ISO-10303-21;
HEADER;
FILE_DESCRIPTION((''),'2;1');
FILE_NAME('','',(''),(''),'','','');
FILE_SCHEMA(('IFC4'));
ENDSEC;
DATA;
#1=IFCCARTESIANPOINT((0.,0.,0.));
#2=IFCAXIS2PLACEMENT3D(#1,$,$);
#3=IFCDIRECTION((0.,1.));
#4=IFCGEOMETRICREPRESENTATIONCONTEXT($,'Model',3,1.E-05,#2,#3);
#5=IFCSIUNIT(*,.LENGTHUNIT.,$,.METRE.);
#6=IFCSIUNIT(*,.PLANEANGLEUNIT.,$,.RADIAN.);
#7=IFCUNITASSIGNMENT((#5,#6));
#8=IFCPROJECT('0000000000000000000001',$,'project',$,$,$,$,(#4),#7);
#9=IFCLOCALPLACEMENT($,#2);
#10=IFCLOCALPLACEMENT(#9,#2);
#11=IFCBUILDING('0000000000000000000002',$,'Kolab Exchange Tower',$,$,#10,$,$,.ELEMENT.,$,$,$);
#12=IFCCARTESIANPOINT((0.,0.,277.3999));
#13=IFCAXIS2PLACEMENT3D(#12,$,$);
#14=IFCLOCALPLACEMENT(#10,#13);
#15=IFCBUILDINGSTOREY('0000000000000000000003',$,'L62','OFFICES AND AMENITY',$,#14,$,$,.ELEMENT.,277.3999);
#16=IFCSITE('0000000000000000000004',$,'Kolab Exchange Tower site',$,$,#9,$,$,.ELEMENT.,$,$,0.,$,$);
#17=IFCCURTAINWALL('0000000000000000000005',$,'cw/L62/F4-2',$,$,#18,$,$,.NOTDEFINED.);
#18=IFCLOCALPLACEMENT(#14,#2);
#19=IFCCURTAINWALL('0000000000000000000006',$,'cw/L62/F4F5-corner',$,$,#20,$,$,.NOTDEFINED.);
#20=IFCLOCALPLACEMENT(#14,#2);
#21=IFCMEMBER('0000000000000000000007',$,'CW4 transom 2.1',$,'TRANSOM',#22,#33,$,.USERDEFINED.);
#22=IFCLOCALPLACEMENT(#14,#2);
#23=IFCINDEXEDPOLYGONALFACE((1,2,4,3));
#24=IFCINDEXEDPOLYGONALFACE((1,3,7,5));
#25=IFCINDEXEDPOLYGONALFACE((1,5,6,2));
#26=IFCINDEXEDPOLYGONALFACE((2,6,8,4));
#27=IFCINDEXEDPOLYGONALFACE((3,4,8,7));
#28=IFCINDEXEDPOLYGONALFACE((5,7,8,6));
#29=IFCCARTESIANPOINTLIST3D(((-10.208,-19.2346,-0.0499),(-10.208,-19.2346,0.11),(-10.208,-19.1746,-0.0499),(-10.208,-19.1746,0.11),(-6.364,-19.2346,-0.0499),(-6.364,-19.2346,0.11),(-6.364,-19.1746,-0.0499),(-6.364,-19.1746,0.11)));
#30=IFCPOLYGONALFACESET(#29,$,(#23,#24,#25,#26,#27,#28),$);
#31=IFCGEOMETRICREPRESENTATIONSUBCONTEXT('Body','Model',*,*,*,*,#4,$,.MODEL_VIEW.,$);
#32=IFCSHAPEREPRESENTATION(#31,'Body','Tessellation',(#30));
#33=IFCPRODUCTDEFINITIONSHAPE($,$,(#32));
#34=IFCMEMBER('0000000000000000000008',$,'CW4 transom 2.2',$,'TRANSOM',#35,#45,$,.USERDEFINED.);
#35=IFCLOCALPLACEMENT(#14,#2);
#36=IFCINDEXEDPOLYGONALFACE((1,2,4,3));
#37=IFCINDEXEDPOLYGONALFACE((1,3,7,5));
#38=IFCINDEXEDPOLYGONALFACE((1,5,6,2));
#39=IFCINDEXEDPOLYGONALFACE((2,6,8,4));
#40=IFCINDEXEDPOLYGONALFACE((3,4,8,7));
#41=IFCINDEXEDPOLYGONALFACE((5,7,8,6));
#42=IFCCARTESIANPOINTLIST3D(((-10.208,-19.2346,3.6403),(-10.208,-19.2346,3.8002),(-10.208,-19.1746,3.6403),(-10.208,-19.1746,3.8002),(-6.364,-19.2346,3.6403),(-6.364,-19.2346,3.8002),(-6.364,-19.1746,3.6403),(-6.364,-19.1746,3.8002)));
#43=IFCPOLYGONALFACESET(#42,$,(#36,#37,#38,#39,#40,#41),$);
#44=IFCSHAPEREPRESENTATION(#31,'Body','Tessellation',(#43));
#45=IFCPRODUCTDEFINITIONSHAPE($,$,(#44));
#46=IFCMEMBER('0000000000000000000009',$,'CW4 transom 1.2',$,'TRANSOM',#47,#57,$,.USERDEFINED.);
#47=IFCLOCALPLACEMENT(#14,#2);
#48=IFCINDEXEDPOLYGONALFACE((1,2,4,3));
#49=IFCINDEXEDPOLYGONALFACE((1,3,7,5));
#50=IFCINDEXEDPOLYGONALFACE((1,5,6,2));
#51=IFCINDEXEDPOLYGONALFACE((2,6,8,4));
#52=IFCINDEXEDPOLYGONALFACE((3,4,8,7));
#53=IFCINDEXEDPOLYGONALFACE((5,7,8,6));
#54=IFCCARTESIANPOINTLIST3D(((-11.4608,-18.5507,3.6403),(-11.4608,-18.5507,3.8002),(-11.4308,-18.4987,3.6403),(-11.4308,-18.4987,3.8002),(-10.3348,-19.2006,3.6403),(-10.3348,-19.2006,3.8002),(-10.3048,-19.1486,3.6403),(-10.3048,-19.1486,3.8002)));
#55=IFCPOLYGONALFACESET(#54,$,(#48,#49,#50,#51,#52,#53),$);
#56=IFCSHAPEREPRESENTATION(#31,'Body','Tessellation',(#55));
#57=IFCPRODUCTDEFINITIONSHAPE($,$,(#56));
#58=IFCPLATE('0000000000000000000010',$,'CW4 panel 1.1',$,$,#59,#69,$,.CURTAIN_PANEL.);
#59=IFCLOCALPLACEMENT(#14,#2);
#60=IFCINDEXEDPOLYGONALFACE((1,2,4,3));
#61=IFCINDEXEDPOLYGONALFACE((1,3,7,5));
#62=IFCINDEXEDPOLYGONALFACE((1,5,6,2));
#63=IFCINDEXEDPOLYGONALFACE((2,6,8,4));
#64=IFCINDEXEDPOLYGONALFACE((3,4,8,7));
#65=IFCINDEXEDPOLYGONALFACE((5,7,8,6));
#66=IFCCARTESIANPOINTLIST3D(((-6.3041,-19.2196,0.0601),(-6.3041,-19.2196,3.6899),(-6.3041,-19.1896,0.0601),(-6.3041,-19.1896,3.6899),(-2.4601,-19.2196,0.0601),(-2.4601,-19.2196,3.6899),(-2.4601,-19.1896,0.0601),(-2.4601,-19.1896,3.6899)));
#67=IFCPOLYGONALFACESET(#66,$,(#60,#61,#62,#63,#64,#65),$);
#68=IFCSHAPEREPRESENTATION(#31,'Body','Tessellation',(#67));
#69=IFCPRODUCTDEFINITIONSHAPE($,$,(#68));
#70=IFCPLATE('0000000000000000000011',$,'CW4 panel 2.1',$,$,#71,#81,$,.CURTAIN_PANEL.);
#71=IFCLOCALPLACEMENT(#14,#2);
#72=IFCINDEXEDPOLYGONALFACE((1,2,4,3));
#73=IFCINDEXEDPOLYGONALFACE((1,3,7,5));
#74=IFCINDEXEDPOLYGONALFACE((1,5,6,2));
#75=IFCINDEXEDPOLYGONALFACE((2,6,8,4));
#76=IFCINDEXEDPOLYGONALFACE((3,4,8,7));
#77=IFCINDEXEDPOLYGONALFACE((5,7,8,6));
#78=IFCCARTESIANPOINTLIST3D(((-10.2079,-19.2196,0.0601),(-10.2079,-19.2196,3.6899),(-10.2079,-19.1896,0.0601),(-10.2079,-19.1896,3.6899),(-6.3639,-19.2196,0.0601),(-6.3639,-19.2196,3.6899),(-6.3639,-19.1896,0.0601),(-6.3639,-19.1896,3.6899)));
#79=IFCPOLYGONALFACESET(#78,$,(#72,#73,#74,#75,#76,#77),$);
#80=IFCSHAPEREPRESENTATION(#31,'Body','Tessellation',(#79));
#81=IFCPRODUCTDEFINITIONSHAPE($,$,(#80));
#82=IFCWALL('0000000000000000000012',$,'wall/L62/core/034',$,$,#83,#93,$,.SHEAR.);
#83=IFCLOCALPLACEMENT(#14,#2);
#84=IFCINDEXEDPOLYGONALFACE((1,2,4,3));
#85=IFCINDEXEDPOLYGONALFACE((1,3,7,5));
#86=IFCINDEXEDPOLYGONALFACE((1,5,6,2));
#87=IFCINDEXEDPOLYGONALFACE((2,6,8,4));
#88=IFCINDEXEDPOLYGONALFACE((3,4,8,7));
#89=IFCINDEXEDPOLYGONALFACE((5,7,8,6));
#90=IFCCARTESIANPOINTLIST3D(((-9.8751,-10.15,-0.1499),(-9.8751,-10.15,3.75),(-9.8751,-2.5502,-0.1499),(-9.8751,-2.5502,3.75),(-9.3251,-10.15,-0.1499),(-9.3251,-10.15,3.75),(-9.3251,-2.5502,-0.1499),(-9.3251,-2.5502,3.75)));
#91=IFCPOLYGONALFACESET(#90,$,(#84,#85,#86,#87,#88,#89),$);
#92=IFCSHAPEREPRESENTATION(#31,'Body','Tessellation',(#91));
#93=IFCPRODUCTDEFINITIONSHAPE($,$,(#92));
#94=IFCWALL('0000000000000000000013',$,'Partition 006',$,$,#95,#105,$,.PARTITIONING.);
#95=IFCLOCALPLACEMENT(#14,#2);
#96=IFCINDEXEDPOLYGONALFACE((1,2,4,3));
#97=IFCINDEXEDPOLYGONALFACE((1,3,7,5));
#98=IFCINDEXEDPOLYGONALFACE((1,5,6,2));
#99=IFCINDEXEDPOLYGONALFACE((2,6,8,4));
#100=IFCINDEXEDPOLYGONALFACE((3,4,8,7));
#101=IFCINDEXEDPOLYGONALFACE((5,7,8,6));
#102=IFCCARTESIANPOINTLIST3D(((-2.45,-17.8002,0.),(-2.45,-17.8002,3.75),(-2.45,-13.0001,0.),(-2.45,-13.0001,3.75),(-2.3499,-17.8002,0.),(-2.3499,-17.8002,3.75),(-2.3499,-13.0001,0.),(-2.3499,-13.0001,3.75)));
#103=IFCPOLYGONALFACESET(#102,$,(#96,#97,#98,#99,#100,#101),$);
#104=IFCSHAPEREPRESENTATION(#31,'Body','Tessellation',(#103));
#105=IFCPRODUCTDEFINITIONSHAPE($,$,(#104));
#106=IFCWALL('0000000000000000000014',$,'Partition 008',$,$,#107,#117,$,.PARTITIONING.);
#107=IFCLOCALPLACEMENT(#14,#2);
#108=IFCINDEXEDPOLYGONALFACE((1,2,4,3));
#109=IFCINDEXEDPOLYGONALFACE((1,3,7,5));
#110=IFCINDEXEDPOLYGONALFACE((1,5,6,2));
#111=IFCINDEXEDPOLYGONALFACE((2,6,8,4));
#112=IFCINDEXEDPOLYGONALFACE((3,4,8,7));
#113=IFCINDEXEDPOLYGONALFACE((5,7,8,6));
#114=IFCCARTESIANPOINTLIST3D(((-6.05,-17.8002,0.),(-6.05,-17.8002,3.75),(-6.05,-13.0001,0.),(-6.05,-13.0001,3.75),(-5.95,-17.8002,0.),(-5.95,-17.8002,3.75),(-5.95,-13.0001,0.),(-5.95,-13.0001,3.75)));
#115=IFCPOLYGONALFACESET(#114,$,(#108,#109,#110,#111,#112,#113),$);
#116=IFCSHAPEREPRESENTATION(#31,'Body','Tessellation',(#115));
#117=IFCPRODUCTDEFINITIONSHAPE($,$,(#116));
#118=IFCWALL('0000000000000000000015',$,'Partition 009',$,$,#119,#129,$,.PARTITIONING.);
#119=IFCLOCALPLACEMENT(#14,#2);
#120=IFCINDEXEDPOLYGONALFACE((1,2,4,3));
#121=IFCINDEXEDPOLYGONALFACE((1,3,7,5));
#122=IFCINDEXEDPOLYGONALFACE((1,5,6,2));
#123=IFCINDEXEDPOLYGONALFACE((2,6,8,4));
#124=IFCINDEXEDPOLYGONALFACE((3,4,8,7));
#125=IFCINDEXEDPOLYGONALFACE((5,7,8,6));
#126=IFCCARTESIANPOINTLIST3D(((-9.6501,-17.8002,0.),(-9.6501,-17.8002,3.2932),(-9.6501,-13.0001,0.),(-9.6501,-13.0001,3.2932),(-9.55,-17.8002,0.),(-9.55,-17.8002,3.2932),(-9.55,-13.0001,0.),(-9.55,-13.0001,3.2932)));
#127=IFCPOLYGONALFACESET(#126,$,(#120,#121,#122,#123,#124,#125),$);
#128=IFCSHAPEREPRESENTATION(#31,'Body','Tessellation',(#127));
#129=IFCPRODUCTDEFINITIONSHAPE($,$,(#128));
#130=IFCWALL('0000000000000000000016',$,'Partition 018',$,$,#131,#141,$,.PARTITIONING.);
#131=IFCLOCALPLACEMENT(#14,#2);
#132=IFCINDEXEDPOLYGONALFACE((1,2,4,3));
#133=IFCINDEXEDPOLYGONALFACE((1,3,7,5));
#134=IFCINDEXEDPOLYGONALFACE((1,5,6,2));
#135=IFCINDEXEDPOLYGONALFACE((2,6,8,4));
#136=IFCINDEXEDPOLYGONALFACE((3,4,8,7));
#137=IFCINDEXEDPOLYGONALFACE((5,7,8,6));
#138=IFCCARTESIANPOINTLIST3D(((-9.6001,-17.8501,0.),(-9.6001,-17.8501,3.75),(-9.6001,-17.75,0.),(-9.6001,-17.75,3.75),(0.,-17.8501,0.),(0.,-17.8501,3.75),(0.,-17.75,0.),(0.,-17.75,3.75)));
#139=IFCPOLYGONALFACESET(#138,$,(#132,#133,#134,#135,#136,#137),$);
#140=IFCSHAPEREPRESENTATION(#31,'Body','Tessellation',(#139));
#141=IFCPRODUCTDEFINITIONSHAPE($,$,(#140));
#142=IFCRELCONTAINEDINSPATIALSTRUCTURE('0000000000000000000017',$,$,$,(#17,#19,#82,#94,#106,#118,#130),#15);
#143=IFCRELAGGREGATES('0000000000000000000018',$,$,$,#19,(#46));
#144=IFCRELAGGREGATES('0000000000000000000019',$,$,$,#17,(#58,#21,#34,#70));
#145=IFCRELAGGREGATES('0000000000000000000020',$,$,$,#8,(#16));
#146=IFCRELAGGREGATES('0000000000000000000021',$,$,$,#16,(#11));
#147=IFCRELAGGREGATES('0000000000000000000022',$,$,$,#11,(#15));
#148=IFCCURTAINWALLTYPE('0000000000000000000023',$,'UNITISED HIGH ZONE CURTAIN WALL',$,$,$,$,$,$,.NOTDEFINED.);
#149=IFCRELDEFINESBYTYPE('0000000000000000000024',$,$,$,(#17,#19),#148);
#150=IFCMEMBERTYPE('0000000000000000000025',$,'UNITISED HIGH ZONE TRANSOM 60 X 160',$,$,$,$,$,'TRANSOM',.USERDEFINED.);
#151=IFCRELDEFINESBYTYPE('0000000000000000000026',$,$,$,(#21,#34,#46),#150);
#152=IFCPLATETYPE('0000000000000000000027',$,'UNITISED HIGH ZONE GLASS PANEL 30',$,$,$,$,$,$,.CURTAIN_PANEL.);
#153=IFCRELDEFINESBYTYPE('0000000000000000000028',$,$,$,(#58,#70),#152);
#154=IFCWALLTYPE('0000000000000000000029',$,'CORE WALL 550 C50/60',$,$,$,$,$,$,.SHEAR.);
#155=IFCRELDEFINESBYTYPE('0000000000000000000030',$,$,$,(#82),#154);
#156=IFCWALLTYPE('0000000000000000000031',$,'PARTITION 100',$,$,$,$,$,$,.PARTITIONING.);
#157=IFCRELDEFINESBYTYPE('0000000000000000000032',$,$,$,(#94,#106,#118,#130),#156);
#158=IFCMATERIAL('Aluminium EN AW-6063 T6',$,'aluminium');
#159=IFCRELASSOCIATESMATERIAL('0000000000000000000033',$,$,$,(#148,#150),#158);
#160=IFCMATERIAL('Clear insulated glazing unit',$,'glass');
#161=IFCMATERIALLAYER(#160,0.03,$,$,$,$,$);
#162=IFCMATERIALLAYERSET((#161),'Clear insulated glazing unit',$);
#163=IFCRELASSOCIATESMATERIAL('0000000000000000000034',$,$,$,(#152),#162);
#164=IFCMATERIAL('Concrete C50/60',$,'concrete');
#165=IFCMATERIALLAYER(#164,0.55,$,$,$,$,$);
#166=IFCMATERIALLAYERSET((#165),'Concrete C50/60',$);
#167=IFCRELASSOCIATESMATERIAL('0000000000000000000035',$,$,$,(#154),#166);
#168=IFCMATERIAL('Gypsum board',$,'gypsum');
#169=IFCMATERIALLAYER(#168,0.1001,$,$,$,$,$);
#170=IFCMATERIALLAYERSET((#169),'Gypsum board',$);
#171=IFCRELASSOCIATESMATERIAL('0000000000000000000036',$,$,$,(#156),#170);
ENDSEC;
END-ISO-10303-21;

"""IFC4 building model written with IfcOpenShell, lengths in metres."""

from ifc_helpers import new_model, si_unit, direction, frame, frame_2d, origin, origin_2d, place, context, subcontext, project, spatial, rectangle, extrude, material, layer, layer_set, material_profile, profile_set, type_object, element, aggregate, save


model = new_model("IFC4")

# Units and contexts
model_context = context("Model", 3, precision=1e-05, world=origin(), true_north=direction((0.0, 1.0)))
body_context = subcontext(model_context, "Body", "Model", "MODEL_VIEW")
ifc_project = project(units=[si_unit("LENGTHUNIT", "METRE"), si_unit("PLANEANGLEUNIT", "RADIAN")], contexts=[model_context])

# Site, building, storey
site_placement = place(None, origin())
site = spatial("IfcSite", under=ifc_project, at=site_placement, Name="Kolab Exchange Tower site", CompositionType="ELEMENT", RefElevation=0.0)
building_placement = place(site_placement, origin())
building = spatial("IfcBuilding", under=site, at=building_placement, Name="Kolab Exchange Tower", CompositionType="ELEMENT")
storey_placement = place(building_placement, frame((0.0, 0.0, 277.3999)))
storey = spatial("IfcBuildingStorey", under=building, at=storey_placement, Name="L62", Description="OFFICES AND AMENITY", CompositionType="ELEMENT", Elevation=277.3999)

# Shared definitions
ifc_material_1 = material(Name="Concrete C50/60", Category="concrete")

# Curtain wall
ifc_material_2 = material(Name="Aluminium EN AW-6063 T6", Category="aluminium")
curtain_wall_type = type_object("IfcCurtainWallType", Name="UNITISED HIGH ZONE CURTAIN WALL", PredefinedType="NOTDEFINED", material=ifc_material_2)
curtain_wall_1_placement = place(storey_placement, origin())
curtain_wall_1 = element("IfcCurtainWall", 1, at=curtain_wall_1_placement, inside=storey, type_object=curtain_wall_type, Name="cw/L62/F4-2", PredefinedType="NOTDEFINED")

# Curtain wall
curtain_wall_2_placement = place(storey_placement, origin())
curtain_wall_2 = element("IfcCurtainWall", 2, at=curtain_wall_2_placement, inside=storey, type_object=curtain_wall_type, Name="cw/L62/F4F5-corner", PredefinedType="NOTDEFINED")

# Members
ifc_material_profile_1 = material_profile(ifc_material_2, rectangle(XDim=0.0601, YDim=0.1599, at=origin_2d()), Name="RECT 60X160")
ifc_profile_set_1 = profile_set([ifc_material_profile_1], Name="Aluminium EN AW-6063 T6")
member_type_1 = type_object("IfcMemberType", Name="UNITISED HIGH ZONE TRANSOM 60 X 160", ElementType="TRANSOM", PredefinedType="USERDEFINED", material=ifc_profile_set_1)
member_1_placement = place(storey_placement, frame((-6.364, -19.2046, 0.03), z_axis=(-1.0, 0.0, 0.0), x_axis=(0.0, -1.0, 0.0)))
member_1 = element("IfcMember", 3, at=member_1_placement, type_object=member_type_1, Name="CW4 transom 2.1", ObjectType="TRANSOM", PredefinedType="USERDEFINED", context=body_context, shape_type="SweptSolid", body=[
    extrude(rectangle(XDim=0.0601, YDim=0.1599, at=origin_2d()), origin(), (0.0, 0.0, 1.0), 3.844),
])
member_2_placement = place(storey_placement, frame((-6.364, -19.2046, 3.7202), z_axis=(-1.0, 0.0, 0.0), x_axis=(0.0, -1.0, 0.0)))
member_2 = element("IfcMember", 4, at=member_2_placement, type_object=member_type_1, Name="CW4 transom 2.2", ObjectType="TRANSOM", PredefinedType="USERDEFINED", context=body_context, shape_type="SweptSolid", body=[
    extrude(rectangle(XDim=0.0601, YDim=0.1599, at=origin_2d()), origin(), (0.0, 0.0, 1.0), 3.844),
])
member_3_placement = place(storey_placement, frame((-10.3198, -19.1746, 3.7202), z_axis=(-0.866086, 0.499896, 0.0), x_axis=(-0.499896, -0.866086, 0.0)))
member_3 = element("IfcMember", 5, at=member_3_placement, type_object=member_type_1, Name="CW4 transom 1.2", ObjectType="TRANSOM", PredefinedType="USERDEFINED", context=body_context, shape_type="SweptSolid", body=[
    extrude(rectangle(XDim=0.0601, YDim=0.1599, at=origin_2d()), origin(), (0.0, 0.0, 1.0), 1.3),
])
aggregate(curtain_wall_2, [member_3])

# Plates
ifc_material_3 = material(Name="Clear insulated glazing unit", Category="glass")
ifc_layer_1 = layer(ifc_material_3, 0.03)
ifc_layer_set_1 = layer_set([ifc_layer_1], Name="Clear insulated glazing unit")
plate_type = type_object("IfcPlateType", Name="UNITISED HIGH ZONE GLASS PANEL 30", PredefinedType="CURTAIN_PANEL", material=ifc_layer_set_1)
plate_1_placement = place(storey_placement, frame((-4.3821, -19.2046, 0.0601), z_axis=(0.0, 0.0, 1.0), x_axis=(-1.0, 0.0, 0.0)))
plate_1 = element("IfcPlate", 6, at=plate_1_placement, type_object=plate_type, Name="CW4 panel 1.1", PredefinedType="CURTAIN_PANEL", context=body_context, shape_type="SweptSolid", body=[
    extrude(rectangle(XDim=3.844, YDim=0.03, at=origin_2d()), origin(), (0.0, 0.0, 1.0), 3.6299),
])
plate_2_placement = place(storey_placement, frame((-8.2859, -19.2046, 0.0601), z_axis=(0.0, 0.0, 1.0), x_axis=(-1.0, 0.0, 0.0)))
plate_2 = element("IfcPlate", 7, at=plate_2_placement, type_object=plate_type, Name="CW4 panel 2.1", PredefinedType="CURTAIN_PANEL", context=body_context, shape_type="SweptSolid", body=[
    extrude(rectangle(XDim=3.844, YDim=0.03, at=origin_2d()), origin(), (0.0, 0.0, 1.0), 3.6299),
])
aggregate(curtain_wall_1, [plate_1, member_1, member_2, plate_2])

# Walls
ifc_layer_2 = layer(ifc_material_1, 0.55)
ifc_layer_set_2 = layer_set([ifc_layer_2], Name="Concrete C50/60")
wall_type_1 = type_object("IfcWallType", Name="CORE WALL 550 C50/60", PredefinedType="SHEAR", material=ifc_layer_set_2)
wall_1_placement = place(storey_placement, frame((-9.6001, -10.1499, -0.1499), z_axis=(0.0, 0.0, 1.0), x_axis=(0.0, 1.0, 0.0)))
element("IfcWall", 8, at=wall_1_placement, inside=storey, type_object=wall_type_1, Name="wall/L62/core/034", PredefinedType="SHEAR", context=body_context, shape_type="SweptSolid", body=[
    extrude(rectangle(XDim=7.5999, YDim=0.55, at=frame_2d((3.7998, 0.0))), origin(), (0.0, 0.0, 1.0), 3.8999),
])
ifc_material_4 = material(Name="Gypsum board", Category="gypsum")
ifc_layer_3 = layer(ifc_material_4, 0.1001)
ifc_layer_set_3 = layer_set([ifc_layer_3], Name="Gypsum board")
wall_type_2 = type_object("IfcWallType", Name="PARTITION 100", PredefinedType="PARTITIONING", material=ifc_layer_set_3)
for number, where, z_axis, x_axis, name in (
    (9, (-2.3999, -17.8, 0.0), (0.0, 0.0, 1.0), (0.0, 1.0, 0.0), "Partition 006"),
    (10, (-6.0, -17.8, 0.0), (0.0, 0.0, 1.0), (0.0, 1.0, 0.0), "Partition 008"),
):
    element("IfcWall", number, at=place(storey_placement, frame(where, z_axis=z_axis, x_axis=x_axis)), inside=storey, type_object=wall_type_2, Name=name, PredefinedType="PARTITIONING", context=body_context, shape_type="SweptSolid", body=[
        extrude(rectangle(XDim=4.8, YDim=0.1001, at=frame_2d((2.3999, 0.0))), origin(), (0.0, 0.0, 1.0), 3.75),
    ])
wall_2_placement = place(storey_placement, frame((-9.6001, -17.8, 0.0), z_axis=(0.0, 0.0, 1.0), x_axis=(0.0, 1.0, 0.0)))
element("IfcWall", 11, at=wall_2_placement, inside=storey, type_object=wall_type_2, Name="Partition 009", PredefinedType="PARTITIONING", context=body_context, shape_type="SweptSolid", body=[
    extrude(rectangle(XDim=4.8, YDim=0.1001, at=frame_2d((2.3999, 0.0))), origin(), (0.0, 0.0, 1.0), 3.2932),
])
wall_3_placement = place(storey_placement, frame((-9.6001, -17.8, 0.0), z_axis=(0.0, 0.0, 1.0), x_axis=(1.0, 0.0, 0.0)))
element("IfcWall", 12, at=wall_3_placement, inside=storey, type_object=wall_type_2, Name="Partition 018", PredefinedType="PARTITIONING", context=body_context, shape_type="SweptSolid", body=[
    extrude(rectangle(XDim=9.6001, YDim=0.1001, at=frame_2d((4.8, 0.0))), origin(), (0.0, 0.0, 1.0), 3.75),
])

save(model, "model.ifc")
